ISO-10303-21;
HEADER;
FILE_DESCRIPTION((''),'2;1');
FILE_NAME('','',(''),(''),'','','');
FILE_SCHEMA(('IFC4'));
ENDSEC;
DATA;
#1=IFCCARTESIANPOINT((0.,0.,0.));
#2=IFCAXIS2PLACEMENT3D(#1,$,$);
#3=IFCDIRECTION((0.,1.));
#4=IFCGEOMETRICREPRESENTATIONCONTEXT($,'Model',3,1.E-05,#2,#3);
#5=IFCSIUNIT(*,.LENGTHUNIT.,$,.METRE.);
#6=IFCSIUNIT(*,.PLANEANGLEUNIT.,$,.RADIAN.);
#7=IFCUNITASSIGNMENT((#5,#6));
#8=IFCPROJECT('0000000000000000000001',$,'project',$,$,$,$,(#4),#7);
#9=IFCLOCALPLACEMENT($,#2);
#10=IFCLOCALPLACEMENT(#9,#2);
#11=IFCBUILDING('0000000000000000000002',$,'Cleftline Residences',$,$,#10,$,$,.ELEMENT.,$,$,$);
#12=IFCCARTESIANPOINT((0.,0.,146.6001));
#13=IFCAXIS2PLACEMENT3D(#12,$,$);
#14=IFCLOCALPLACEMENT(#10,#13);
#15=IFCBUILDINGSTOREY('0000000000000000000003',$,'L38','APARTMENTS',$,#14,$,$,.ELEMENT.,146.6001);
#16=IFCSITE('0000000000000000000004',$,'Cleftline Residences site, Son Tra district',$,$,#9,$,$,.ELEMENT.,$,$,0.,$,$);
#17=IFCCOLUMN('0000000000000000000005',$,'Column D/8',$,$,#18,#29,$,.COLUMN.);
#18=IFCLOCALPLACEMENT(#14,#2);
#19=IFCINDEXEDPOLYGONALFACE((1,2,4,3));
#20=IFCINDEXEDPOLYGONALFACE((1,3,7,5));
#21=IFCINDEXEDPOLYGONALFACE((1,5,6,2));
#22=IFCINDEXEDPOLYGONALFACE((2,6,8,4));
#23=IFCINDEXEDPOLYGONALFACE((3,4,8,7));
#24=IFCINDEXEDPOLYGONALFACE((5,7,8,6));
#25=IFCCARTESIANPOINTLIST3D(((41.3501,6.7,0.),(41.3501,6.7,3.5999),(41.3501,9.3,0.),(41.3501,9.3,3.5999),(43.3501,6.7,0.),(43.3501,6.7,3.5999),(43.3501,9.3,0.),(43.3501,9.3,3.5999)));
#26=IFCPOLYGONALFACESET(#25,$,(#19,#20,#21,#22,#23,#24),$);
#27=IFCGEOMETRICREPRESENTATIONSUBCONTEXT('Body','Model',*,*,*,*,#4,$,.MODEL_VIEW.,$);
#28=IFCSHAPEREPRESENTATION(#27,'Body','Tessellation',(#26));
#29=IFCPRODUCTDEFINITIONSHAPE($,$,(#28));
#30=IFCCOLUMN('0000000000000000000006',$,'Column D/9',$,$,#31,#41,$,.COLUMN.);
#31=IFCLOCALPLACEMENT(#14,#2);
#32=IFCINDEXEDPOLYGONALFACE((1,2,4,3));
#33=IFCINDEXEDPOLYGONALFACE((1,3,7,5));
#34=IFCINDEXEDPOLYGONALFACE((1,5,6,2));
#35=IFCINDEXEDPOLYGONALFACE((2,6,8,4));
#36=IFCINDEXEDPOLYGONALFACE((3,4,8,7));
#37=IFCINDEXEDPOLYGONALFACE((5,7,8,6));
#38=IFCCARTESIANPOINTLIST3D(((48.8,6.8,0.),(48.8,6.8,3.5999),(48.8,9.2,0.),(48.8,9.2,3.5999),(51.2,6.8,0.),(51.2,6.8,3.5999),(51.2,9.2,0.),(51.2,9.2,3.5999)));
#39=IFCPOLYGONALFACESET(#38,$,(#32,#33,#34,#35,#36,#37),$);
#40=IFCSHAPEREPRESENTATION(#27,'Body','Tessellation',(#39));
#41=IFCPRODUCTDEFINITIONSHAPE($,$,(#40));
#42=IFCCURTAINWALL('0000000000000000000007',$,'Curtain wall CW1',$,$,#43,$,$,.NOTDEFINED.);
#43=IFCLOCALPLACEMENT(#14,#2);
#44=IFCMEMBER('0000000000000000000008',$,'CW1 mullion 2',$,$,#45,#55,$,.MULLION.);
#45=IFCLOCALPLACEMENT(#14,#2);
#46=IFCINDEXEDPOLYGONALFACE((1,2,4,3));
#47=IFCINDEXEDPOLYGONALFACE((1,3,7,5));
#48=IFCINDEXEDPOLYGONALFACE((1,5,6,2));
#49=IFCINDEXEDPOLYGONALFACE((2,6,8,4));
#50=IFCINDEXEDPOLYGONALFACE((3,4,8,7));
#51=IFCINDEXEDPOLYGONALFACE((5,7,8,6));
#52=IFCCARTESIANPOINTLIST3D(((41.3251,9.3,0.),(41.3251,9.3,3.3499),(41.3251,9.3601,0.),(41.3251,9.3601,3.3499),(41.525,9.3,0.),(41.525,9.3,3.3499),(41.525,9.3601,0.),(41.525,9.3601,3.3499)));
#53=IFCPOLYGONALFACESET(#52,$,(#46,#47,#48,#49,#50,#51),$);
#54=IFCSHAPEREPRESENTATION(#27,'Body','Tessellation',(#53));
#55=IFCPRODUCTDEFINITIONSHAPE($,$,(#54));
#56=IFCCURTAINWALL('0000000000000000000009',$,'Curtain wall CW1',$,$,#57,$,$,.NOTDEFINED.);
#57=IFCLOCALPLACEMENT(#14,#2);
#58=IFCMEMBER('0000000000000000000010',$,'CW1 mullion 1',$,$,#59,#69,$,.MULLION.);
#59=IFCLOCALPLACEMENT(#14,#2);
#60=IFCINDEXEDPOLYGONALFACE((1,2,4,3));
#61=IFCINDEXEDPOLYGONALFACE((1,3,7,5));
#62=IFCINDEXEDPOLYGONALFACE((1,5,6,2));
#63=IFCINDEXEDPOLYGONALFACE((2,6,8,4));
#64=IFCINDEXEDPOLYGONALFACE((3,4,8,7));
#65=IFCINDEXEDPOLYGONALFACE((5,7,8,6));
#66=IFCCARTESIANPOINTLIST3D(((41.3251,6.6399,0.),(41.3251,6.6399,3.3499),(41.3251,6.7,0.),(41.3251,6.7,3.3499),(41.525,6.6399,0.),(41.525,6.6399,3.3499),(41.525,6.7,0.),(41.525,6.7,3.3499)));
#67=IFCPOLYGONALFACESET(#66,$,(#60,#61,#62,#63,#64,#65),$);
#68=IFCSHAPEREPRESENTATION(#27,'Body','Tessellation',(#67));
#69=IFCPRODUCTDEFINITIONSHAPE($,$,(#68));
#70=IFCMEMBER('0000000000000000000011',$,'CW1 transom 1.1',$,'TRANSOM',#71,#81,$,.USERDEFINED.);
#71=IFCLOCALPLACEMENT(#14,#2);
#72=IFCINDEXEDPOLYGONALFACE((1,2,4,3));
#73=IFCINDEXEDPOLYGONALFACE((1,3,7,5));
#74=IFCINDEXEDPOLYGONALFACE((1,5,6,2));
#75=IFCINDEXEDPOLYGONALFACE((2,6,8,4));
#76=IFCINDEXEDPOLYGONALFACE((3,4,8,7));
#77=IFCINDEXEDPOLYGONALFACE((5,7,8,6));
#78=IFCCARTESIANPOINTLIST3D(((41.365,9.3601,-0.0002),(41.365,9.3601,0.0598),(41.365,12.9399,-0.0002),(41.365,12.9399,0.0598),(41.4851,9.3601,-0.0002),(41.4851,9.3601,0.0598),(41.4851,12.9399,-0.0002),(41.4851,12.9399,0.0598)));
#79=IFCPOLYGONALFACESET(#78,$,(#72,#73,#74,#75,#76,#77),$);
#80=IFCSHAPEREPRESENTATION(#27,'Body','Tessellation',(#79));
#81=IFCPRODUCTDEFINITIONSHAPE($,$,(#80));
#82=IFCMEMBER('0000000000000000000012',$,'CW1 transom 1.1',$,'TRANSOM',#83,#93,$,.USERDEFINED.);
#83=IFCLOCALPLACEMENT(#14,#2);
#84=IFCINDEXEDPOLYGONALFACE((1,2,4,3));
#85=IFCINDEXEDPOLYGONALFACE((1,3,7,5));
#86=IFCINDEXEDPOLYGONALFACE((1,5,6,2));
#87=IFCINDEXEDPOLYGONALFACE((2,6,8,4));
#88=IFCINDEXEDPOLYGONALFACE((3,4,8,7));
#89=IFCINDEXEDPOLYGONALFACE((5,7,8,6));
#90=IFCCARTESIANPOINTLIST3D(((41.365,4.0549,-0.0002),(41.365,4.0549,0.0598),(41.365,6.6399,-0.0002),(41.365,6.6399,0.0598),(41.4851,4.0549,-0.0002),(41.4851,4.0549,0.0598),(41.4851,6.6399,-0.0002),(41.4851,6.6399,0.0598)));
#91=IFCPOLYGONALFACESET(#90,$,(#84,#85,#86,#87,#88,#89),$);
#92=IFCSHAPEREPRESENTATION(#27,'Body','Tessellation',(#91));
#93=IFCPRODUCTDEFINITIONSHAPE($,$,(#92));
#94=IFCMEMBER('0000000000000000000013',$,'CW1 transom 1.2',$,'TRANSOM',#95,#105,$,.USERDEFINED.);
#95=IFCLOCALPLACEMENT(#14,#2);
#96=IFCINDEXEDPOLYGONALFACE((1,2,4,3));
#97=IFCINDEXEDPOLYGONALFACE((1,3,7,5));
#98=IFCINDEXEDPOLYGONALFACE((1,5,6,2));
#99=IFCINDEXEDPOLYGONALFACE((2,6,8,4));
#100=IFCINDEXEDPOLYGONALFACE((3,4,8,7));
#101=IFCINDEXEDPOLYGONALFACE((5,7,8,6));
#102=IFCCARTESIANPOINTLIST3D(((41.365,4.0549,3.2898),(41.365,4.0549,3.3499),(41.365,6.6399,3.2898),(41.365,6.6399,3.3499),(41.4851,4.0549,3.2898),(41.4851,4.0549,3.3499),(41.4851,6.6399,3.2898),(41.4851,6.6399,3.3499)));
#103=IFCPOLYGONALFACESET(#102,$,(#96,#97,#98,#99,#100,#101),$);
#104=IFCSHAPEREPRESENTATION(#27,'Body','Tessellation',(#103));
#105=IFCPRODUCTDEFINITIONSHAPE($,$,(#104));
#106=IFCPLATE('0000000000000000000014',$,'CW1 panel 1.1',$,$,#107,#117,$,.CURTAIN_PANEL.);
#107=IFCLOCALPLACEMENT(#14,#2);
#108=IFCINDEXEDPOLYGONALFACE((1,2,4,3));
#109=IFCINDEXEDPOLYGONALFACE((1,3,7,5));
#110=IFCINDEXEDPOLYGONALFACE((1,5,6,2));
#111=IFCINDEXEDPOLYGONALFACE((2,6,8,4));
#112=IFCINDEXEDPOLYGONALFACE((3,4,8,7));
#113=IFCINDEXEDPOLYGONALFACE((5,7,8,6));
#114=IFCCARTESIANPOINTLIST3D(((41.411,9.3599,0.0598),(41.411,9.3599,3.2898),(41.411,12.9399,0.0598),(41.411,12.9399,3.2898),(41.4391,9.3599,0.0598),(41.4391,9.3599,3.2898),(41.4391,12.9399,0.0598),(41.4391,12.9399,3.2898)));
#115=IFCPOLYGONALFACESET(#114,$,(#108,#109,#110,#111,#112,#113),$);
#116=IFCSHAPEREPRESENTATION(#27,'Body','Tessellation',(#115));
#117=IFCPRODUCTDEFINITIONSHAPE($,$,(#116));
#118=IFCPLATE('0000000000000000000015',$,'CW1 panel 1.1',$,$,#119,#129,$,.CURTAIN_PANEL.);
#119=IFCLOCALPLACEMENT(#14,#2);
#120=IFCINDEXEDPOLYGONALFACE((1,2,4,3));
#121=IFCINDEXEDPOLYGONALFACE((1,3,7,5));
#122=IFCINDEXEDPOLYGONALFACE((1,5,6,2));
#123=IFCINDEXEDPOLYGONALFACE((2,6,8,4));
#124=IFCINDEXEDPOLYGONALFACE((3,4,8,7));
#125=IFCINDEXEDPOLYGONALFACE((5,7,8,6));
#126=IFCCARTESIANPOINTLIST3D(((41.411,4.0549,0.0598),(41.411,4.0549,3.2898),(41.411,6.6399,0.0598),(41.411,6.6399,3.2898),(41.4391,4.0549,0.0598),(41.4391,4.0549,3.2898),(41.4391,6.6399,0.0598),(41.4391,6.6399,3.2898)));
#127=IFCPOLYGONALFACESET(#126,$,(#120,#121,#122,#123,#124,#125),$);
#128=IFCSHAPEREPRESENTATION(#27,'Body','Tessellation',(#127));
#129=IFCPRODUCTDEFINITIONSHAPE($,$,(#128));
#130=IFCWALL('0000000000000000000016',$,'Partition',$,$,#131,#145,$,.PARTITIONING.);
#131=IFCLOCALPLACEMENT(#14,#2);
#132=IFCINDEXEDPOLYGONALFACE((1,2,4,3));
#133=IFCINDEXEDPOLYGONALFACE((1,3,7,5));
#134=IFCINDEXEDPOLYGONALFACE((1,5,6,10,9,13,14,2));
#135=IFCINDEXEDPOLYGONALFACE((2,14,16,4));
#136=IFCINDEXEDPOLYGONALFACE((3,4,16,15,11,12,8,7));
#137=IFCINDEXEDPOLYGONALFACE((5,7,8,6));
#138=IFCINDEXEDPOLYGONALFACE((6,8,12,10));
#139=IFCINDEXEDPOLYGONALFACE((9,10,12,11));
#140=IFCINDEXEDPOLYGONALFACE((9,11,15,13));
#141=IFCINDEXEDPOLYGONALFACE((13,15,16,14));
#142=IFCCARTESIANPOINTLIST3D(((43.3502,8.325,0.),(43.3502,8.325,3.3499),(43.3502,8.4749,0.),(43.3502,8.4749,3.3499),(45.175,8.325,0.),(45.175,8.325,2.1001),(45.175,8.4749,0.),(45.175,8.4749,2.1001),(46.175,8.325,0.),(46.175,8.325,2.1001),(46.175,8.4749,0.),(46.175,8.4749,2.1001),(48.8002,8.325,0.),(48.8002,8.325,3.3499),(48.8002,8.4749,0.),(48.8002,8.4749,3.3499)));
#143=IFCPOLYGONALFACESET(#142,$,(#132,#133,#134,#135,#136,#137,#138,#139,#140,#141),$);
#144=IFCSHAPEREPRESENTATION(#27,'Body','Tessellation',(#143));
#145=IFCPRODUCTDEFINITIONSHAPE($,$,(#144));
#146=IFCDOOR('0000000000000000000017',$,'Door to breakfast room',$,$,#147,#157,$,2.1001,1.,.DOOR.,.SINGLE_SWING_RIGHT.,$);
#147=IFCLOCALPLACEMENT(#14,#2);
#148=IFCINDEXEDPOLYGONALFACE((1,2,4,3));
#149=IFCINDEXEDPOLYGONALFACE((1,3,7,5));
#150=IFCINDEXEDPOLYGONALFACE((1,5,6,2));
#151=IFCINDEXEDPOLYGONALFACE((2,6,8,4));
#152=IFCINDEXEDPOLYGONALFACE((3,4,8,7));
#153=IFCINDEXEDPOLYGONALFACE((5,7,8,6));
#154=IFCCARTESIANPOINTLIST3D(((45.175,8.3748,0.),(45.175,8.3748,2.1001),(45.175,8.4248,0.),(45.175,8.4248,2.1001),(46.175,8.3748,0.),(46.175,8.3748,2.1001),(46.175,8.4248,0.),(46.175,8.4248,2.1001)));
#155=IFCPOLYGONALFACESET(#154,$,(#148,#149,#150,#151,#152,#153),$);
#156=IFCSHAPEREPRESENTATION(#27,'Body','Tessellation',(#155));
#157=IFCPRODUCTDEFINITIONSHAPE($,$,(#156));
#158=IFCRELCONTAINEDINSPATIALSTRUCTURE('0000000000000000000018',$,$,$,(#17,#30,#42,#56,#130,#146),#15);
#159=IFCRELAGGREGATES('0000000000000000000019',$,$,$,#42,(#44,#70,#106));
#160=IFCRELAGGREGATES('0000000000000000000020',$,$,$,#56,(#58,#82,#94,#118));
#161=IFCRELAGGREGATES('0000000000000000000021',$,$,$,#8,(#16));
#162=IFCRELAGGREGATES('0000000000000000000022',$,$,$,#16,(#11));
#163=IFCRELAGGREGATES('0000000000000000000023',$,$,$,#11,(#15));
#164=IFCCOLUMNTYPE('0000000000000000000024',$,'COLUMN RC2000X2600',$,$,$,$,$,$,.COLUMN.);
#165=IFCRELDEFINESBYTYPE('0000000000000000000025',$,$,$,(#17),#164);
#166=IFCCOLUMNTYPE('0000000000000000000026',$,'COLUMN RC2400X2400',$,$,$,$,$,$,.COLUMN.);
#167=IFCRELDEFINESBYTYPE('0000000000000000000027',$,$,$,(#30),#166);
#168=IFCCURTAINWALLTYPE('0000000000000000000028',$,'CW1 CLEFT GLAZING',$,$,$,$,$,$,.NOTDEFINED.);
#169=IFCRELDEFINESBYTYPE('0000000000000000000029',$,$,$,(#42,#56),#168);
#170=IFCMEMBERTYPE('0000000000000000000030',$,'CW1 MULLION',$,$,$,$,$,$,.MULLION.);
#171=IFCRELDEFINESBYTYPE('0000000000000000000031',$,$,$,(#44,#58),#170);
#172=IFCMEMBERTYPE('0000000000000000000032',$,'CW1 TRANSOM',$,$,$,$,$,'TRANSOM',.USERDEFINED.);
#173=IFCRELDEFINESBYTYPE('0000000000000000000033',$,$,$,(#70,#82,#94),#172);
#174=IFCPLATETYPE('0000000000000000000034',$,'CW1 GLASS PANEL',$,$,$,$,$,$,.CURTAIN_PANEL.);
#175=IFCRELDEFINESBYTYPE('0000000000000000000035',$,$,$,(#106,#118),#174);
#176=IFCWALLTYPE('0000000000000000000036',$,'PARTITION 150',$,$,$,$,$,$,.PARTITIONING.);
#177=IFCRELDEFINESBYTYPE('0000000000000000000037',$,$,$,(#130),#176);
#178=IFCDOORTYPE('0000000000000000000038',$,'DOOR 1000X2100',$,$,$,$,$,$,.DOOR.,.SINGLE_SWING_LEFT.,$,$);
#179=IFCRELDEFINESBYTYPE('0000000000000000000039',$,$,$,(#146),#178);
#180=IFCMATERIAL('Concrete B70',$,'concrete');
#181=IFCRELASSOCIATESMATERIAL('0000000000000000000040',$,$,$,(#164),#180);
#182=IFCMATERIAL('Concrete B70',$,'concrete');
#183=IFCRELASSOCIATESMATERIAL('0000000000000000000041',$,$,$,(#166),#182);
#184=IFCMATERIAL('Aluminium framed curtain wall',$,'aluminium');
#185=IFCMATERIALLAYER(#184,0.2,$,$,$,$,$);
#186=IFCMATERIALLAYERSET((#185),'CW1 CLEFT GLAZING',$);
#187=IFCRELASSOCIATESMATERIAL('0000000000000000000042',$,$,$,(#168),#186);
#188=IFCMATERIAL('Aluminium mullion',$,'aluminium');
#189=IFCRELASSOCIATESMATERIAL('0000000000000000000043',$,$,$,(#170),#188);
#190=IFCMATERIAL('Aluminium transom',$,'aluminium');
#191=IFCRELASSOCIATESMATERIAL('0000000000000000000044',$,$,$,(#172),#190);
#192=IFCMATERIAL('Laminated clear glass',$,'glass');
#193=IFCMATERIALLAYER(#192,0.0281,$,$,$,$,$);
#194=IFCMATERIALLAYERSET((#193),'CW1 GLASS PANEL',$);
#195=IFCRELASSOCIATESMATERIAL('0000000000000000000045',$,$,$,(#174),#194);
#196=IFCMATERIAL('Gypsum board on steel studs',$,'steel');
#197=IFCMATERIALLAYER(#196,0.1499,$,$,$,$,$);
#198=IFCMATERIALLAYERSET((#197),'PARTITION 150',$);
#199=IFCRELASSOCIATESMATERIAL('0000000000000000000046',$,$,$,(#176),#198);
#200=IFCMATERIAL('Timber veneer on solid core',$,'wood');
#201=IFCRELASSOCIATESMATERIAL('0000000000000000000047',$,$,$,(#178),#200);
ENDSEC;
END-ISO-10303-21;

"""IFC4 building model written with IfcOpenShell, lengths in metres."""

from ifc_helpers import new_model, si_unit, direction, frame, frame_2d, origin, origin_2d, place, context, subcontext, project, spatial, rectangle, extrude, material, layer, layer_set, material_profile, profile_set, type_object, element, fill, aggregate, save


model = new_model("IFC4")

# Units and contexts
model_context = context("Model", 3, precision=1e-05, world=origin(), true_north=direction((0.0, 1.0)))
body_context = subcontext(model_context, "Body", "Model", "MODEL_VIEW")
ifc_project = project(units=[si_unit("LENGTHUNIT", "METRE"), si_unit("PLANEANGLEUNIT", "RADIAN")], contexts=[model_context])

# Site, building, storey
site_placement = place(None, origin())
site = spatial("IfcSite", under=ifc_project, at=site_placement, Name="Cleftline Residences site, Son Tra district", CompositionType="ELEMENT", RefElevation=0.0)
building_placement = place(site_placement, origin())
building = spatial("IfcBuilding", under=site, at=building_placement, Name="Cleftline Residences", CompositionType="ELEMENT")
storey_placement = place(building_placement, frame((0.0, 0.0, 146.6001)))
storey = spatial("IfcBuildingStorey", under=building, at=storey_placement, Name="L38", Description="APARTMENTS", CompositionType="ELEMENT", Elevation=146.6001)

# Columns
ifc_material_1 = material(Name="Concrete B70", Category="concrete")
ifc_material_profile_1 = material_profile(ifc_material_1, rectangle(XDim=2.0, YDim=2.6001, at=origin_2d()))
ifc_profile_set_1 = profile_set([ifc_material_profile_1], Name="Concrete B70")
column_type_1 = type_object("IfcColumnType", Name="COLUMN RC2000X2600", PredefinedType="COLUMN", material=ifc_profile_set_1)
column_1_placement = place(storey_placement, frame((42.3501, 8.0, 0.0), z_axis=(0.0, 0.0, 1.0), x_axis=(1.0, 0.0, 0.0)))
element("IfcColumn", 1, at=column_1_placement, inside=storey, type_object=column_type_1, Name="Column D/8", PredefinedType="COLUMN", context=body_context, shape_type="SweptSolid", body=[
    extrude(rectangle(XDim=2.0, YDim=2.6001, at=origin_2d()), origin(), (0.0, 0.0, 1.0), 3.5999),
])
ifc_material_2 = material(Name="Concrete B70", Category="concrete")
ifc_material_profile_2 = material_profile(ifc_material_2, rectangle(XDim=2.3999, YDim=2.3999, at=origin_2d()))
ifc_profile_set_2 = profile_set([ifc_material_profile_2], Name="Concrete B70")
column_type_2 = type_object("IfcColumnType", Name="COLUMN RC2400X2400", PredefinedType="COLUMN", material=ifc_profile_set_2)
column_2_placement = place(storey_placement, frame((50.0, 8.0, 0.0), z_axis=(0.0, 0.0, 1.0), x_axis=(1.0, 0.0, 0.0)))
element("IfcColumn", 2, at=column_2_placement, inside=storey, type_object=column_type_2, Name="Column D/9", PredefinedType="COLUMN", context=body_context, shape_type="SweptSolid", body=[
    extrude(rectangle(XDim=2.3999, YDim=2.3999, at=origin_2d()), origin(), (0.0, 0.0, 1.0), 3.5999),
])

# Curtain walls, members
ifc_material_3 = material(Name="Aluminium framed curtain wall", Category="aluminium")
ifc_layer_1 = layer(ifc_material_3, 0.2)
ifc_layer_set_1 = layer_set([ifc_layer_1], Name="CW1 CLEFT GLAZING")
curtain_wall_type = type_object("IfcCurtainWallType", Name="CW1 CLEFT GLAZING", PredefinedType="NOTDEFINED", material=ifc_layer_set_1)
curtain_wall_1_placement = place(storey_placement, origin())
curtain_wall_1 = element("IfcCurtainWall", 3, at=curtain_wall_1_placement, inside=storey, type_object=curtain_wall_type, Name="Curtain wall CW1", PredefinedType="NOTDEFINED")
ifc_material_4 = material(Name="Aluminium mullion", Category="aluminium")
ifc_material_profile_3 = material_profile(ifc_material_4, rectangle(XDim=0.2, YDim=0.0601, at=origin_2d()))
ifc_profile_set_3 = profile_set([ifc_material_profile_3], Name="Aluminium mullion")
member_type_1 = type_object("IfcMemberType", Name="CW1 MULLION", PredefinedType="MULLION", material=ifc_profile_set_3)
member_1_placement = place(storey_placement, frame((41.425, 9.3301, 0.0), z_axis=(0.0, 0.0, 1.0), x_axis=(1.0, 0.0, 0.0)))
member_1 = element("IfcMember", 4, at=member_1_placement, type_object=member_type_1, Name="CW1 mullion 2", PredefinedType="MULLION", context=body_context, shape_type="SweptSolid", body=[
    extrude(rectangle(XDim=0.2, YDim=0.0601, at=origin_2d()), origin(), (0.0, 0.0, 1.0), 3.3499),
])
curtain_wall_2_placement = place(storey_placement, origin())
curtain_wall_2 = element("IfcCurtainWall", 5, at=curtain_wall_2_placement, inside=storey, type_object=curtain_wall_type, Name="Curtain wall CW1", PredefinedType="NOTDEFINED")
member_2_placement = place(storey_placement, frame((41.425, 6.6699, 0.0), z_axis=(0.0, 0.0, 1.0), x_axis=(1.0, 0.0, 0.0)))
member_2 = element("IfcMember", 6, at=member_2_placement, type_object=member_type_1, Name="CW1 mullion 1", PredefinedType="MULLION", context=body_context, shape_type="SweptSolid", body=[
    extrude(rectangle(XDim=0.2, YDim=0.0601, at=origin_2d()), origin(), (0.0, 0.0, 1.0), 3.3499),
])

# Members
ifc_material_5 = material(Name="Aluminium transom", Category="aluminium")
ifc_material_profile_4 = material_profile(ifc_material_5, rectangle(XDim=0.1201, YDim=0.0601, at=origin_2d()))
ifc_profile_set_4 = profile_set([ifc_material_profile_4], Name="Aluminium transom")
member_type_2 = type_object("IfcMemberType", Name="CW1 TRANSOM", ElementType="TRANSOM", PredefinedType="USERDEFINED", material=ifc_profile_set_4)
member_3_placement = place(storey_placement, frame((41.425, 12.9399, 0.0298), z_axis=(0.0, -1.0, 0.0), x_axis=(1.0, 0.0, 0.0)))
member_3 = element("IfcMember", 7, at=member_3_placement, type_object=member_type_2, Name="CW1 transom 1.1", ObjectType="TRANSOM", PredefinedType="USERDEFINED", context=body_context, shape_type="SweptSolid", body=[
    extrude(rectangle(XDim=0.1201, YDim=0.0601, at=origin_2d()), origin(), (0.0, 0.0, 1.0), 3.5798),
])
member_4_placement = place(storey_placement, frame((41.425, 6.6399, 0.0298), z_axis=(0.0, -1.0, 0.0), x_axis=(1.0, 0.0, 0.0)))
member_4 = element("IfcMember", 8, at=member_4_placement, type_object=member_type_2, Name="CW1 transom 1.1", ObjectType="TRANSOM", PredefinedType="USERDEFINED", context=body_context, shape_type="SweptSolid", body=[
    extrude(rectangle(XDim=0.1201, YDim=0.0601, at=origin_2d()), origin(), (0.0, 0.0, 1.0), 2.585),
])
member_5_placement = place(storey_placement, frame((41.425, 6.6399, 3.3198), z_axis=(0.0, -1.0, 0.0), x_axis=(1.0, 0.0, 0.0)))
member_5 = element("IfcMember", 9, at=member_5_placement, type_object=member_type_2, Name="CW1 transom 1.2", ObjectType="TRANSOM", PredefinedType="USERDEFINED", context=body_context, shape_type="SweptSolid", body=[
    extrude(rectangle(XDim=0.1201, YDim=0.0601, at=origin_2d()), origin(), (0.0, 0.0, 1.0), 2.585),
])

# Plates
ifc_material_6 = material(Name="Laminated clear glass", Category="glass")
ifc_layer_2 = layer(ifc_material_6, 0.0281)
ifc_layer_set_2 = layer_set([ifc_layer_2], Name="CW1 GLASS PANEL")
plate_type = type_object("IfcPlateType", Name="CW1 GLASS PANEL", PredefinedType="CURTAIN_PANEL", material=ifc_layer_set_2)
plate_1_placement = place(storey_placement, frame((41.425, 11.1499, 0.0598), z_axis=(0.0, 0.0, 1.0), x_axis=(0.0, -1.0, 0.0)))
plate_1 = element("IfcPlate", 10, at=plate_1_placement, type_object=plate_type, Name="CW1 panel 1.1", PredefinedType="CURTAIN_PANEL", context=body_context, shape_type="SweptSolid", body=[
    extrude(rectangle(XDim=3.5801, YDim=0.0281, at=origin_2d()), origin(), (0.0, 0.0, 1.0), 3.23),
])
aggregate(curtain_wall_1, [member_1, member_3, plate_1])
plate_2_placement = place(storey_placement, frame((41.425, 5.3474, 0.0598), z_axis=(0.0, 0.0, 1.0), x_axis=(0.0, -1.0, 0.0)))
plate_2 = element("IfcPlate", 11, at=plate_2_placement, type_object=plate_type, Name="CW1 panel 1.1", PredefinedType="CURTAIN_PANEL", context=body_context, shape_type="SweptSolid", body=[
    extrude(rectangle(XDim=2.585, YDim=0.0281, at=origin_2d()), origin(), (0.0, 0.0, 1.0), 3.23),
])
aggregate(curtain_wall_2, [member_2, member_4, member_5, plate_2])

# Wall, opening, door
ifc_material_7 = material(Name="Gypsum board on steel studs", Category="steel")
ifc_layer_3 = layer(ifc_material_7, 0.1499)
ifc_layer_set_3 = layer_set([ifc_layer_3], Name="PARTITION 150")
wall_type = type_object("IfcWallType", Name="PARTITION 150", PredefinedType="PARTITIONING", material=ifc_layer_set_3)
wall_1_placement = place(storey_placement, frame((43.3501, 8.3999, 0.0), z_axis=(0.0, 0.0, 1.0), x_axis=(1.0, 0.0, 0.0)))
wall_1 = element("IfcWall", 12, at=wall_1_placement, inside=storey, type_object=wall_type, Name="Partition", PredefinedType="PARTITIONING", context=body_context, shape_type="SweptSolid", body=[
    extrude(rectangle(XDim=5.45, YDim=0.1499, at=frame_2d((2.7251, 0.0))), origin(), (0.0, 0.0, 1.0), 3.3499),
])
opening_1_placement = place(wall_1_placement, frame((1.825, 0.0, 0.0)))
opening_1 = element("IfcOpeningElement", 13, at=opening_1_placement, cuts=wall_1, PredefinedType="OPENING", context=body_context, shape_type="SweptSolid", body=[
    extrude(rectangle(XDim=1.0, YDim=2.1001, at=frame_2d((0.5, 1.05))), frame((0.0, 0.085, 0.0), z_axis=(0.0, -1.0, 0.0), x_axis=(1.0, 0.0, 0.0)), (0.0, 0.0, 1.0), 0.1699),
])
ifc_material_8 = material(Name="Timber veneer on solid core", Category="wood")
door_type_1 = type_object("IfcDoorType", Name="DOOR 1000X2100", OperationType="SINGLE_SWING_LEFT", PredefinedType="DOOR", material=ifc_material_8)
door_1_placement = place(opening_1_placement, origin())
door_1 = element("IfcDoor", 14, at=door_1_placement, inside=storey, type_object=door_type_1, Name="Door to breakfast room", OperationType="SINGLE_SWING_RIGHT", OverallHeight=2.1001, OverallWidth=1.0, PredefinedType="DOOR", context=body_context, shape_type="SweptSolid", body=[
    extrude(rectangle(XDim=1.0, YDim=2.1001, at=frame_2d((0.5, 1.05))), frame((0.0, 0.0249, 0.0), z_axis=(0.0, -1.0, 0.0), x_axis=(1.0, 0.0, 0.0)), (0.0, 0.0, 1.0), 0.05),
])
fill(opening_1, door_1)

save(model, "model.ifc")
